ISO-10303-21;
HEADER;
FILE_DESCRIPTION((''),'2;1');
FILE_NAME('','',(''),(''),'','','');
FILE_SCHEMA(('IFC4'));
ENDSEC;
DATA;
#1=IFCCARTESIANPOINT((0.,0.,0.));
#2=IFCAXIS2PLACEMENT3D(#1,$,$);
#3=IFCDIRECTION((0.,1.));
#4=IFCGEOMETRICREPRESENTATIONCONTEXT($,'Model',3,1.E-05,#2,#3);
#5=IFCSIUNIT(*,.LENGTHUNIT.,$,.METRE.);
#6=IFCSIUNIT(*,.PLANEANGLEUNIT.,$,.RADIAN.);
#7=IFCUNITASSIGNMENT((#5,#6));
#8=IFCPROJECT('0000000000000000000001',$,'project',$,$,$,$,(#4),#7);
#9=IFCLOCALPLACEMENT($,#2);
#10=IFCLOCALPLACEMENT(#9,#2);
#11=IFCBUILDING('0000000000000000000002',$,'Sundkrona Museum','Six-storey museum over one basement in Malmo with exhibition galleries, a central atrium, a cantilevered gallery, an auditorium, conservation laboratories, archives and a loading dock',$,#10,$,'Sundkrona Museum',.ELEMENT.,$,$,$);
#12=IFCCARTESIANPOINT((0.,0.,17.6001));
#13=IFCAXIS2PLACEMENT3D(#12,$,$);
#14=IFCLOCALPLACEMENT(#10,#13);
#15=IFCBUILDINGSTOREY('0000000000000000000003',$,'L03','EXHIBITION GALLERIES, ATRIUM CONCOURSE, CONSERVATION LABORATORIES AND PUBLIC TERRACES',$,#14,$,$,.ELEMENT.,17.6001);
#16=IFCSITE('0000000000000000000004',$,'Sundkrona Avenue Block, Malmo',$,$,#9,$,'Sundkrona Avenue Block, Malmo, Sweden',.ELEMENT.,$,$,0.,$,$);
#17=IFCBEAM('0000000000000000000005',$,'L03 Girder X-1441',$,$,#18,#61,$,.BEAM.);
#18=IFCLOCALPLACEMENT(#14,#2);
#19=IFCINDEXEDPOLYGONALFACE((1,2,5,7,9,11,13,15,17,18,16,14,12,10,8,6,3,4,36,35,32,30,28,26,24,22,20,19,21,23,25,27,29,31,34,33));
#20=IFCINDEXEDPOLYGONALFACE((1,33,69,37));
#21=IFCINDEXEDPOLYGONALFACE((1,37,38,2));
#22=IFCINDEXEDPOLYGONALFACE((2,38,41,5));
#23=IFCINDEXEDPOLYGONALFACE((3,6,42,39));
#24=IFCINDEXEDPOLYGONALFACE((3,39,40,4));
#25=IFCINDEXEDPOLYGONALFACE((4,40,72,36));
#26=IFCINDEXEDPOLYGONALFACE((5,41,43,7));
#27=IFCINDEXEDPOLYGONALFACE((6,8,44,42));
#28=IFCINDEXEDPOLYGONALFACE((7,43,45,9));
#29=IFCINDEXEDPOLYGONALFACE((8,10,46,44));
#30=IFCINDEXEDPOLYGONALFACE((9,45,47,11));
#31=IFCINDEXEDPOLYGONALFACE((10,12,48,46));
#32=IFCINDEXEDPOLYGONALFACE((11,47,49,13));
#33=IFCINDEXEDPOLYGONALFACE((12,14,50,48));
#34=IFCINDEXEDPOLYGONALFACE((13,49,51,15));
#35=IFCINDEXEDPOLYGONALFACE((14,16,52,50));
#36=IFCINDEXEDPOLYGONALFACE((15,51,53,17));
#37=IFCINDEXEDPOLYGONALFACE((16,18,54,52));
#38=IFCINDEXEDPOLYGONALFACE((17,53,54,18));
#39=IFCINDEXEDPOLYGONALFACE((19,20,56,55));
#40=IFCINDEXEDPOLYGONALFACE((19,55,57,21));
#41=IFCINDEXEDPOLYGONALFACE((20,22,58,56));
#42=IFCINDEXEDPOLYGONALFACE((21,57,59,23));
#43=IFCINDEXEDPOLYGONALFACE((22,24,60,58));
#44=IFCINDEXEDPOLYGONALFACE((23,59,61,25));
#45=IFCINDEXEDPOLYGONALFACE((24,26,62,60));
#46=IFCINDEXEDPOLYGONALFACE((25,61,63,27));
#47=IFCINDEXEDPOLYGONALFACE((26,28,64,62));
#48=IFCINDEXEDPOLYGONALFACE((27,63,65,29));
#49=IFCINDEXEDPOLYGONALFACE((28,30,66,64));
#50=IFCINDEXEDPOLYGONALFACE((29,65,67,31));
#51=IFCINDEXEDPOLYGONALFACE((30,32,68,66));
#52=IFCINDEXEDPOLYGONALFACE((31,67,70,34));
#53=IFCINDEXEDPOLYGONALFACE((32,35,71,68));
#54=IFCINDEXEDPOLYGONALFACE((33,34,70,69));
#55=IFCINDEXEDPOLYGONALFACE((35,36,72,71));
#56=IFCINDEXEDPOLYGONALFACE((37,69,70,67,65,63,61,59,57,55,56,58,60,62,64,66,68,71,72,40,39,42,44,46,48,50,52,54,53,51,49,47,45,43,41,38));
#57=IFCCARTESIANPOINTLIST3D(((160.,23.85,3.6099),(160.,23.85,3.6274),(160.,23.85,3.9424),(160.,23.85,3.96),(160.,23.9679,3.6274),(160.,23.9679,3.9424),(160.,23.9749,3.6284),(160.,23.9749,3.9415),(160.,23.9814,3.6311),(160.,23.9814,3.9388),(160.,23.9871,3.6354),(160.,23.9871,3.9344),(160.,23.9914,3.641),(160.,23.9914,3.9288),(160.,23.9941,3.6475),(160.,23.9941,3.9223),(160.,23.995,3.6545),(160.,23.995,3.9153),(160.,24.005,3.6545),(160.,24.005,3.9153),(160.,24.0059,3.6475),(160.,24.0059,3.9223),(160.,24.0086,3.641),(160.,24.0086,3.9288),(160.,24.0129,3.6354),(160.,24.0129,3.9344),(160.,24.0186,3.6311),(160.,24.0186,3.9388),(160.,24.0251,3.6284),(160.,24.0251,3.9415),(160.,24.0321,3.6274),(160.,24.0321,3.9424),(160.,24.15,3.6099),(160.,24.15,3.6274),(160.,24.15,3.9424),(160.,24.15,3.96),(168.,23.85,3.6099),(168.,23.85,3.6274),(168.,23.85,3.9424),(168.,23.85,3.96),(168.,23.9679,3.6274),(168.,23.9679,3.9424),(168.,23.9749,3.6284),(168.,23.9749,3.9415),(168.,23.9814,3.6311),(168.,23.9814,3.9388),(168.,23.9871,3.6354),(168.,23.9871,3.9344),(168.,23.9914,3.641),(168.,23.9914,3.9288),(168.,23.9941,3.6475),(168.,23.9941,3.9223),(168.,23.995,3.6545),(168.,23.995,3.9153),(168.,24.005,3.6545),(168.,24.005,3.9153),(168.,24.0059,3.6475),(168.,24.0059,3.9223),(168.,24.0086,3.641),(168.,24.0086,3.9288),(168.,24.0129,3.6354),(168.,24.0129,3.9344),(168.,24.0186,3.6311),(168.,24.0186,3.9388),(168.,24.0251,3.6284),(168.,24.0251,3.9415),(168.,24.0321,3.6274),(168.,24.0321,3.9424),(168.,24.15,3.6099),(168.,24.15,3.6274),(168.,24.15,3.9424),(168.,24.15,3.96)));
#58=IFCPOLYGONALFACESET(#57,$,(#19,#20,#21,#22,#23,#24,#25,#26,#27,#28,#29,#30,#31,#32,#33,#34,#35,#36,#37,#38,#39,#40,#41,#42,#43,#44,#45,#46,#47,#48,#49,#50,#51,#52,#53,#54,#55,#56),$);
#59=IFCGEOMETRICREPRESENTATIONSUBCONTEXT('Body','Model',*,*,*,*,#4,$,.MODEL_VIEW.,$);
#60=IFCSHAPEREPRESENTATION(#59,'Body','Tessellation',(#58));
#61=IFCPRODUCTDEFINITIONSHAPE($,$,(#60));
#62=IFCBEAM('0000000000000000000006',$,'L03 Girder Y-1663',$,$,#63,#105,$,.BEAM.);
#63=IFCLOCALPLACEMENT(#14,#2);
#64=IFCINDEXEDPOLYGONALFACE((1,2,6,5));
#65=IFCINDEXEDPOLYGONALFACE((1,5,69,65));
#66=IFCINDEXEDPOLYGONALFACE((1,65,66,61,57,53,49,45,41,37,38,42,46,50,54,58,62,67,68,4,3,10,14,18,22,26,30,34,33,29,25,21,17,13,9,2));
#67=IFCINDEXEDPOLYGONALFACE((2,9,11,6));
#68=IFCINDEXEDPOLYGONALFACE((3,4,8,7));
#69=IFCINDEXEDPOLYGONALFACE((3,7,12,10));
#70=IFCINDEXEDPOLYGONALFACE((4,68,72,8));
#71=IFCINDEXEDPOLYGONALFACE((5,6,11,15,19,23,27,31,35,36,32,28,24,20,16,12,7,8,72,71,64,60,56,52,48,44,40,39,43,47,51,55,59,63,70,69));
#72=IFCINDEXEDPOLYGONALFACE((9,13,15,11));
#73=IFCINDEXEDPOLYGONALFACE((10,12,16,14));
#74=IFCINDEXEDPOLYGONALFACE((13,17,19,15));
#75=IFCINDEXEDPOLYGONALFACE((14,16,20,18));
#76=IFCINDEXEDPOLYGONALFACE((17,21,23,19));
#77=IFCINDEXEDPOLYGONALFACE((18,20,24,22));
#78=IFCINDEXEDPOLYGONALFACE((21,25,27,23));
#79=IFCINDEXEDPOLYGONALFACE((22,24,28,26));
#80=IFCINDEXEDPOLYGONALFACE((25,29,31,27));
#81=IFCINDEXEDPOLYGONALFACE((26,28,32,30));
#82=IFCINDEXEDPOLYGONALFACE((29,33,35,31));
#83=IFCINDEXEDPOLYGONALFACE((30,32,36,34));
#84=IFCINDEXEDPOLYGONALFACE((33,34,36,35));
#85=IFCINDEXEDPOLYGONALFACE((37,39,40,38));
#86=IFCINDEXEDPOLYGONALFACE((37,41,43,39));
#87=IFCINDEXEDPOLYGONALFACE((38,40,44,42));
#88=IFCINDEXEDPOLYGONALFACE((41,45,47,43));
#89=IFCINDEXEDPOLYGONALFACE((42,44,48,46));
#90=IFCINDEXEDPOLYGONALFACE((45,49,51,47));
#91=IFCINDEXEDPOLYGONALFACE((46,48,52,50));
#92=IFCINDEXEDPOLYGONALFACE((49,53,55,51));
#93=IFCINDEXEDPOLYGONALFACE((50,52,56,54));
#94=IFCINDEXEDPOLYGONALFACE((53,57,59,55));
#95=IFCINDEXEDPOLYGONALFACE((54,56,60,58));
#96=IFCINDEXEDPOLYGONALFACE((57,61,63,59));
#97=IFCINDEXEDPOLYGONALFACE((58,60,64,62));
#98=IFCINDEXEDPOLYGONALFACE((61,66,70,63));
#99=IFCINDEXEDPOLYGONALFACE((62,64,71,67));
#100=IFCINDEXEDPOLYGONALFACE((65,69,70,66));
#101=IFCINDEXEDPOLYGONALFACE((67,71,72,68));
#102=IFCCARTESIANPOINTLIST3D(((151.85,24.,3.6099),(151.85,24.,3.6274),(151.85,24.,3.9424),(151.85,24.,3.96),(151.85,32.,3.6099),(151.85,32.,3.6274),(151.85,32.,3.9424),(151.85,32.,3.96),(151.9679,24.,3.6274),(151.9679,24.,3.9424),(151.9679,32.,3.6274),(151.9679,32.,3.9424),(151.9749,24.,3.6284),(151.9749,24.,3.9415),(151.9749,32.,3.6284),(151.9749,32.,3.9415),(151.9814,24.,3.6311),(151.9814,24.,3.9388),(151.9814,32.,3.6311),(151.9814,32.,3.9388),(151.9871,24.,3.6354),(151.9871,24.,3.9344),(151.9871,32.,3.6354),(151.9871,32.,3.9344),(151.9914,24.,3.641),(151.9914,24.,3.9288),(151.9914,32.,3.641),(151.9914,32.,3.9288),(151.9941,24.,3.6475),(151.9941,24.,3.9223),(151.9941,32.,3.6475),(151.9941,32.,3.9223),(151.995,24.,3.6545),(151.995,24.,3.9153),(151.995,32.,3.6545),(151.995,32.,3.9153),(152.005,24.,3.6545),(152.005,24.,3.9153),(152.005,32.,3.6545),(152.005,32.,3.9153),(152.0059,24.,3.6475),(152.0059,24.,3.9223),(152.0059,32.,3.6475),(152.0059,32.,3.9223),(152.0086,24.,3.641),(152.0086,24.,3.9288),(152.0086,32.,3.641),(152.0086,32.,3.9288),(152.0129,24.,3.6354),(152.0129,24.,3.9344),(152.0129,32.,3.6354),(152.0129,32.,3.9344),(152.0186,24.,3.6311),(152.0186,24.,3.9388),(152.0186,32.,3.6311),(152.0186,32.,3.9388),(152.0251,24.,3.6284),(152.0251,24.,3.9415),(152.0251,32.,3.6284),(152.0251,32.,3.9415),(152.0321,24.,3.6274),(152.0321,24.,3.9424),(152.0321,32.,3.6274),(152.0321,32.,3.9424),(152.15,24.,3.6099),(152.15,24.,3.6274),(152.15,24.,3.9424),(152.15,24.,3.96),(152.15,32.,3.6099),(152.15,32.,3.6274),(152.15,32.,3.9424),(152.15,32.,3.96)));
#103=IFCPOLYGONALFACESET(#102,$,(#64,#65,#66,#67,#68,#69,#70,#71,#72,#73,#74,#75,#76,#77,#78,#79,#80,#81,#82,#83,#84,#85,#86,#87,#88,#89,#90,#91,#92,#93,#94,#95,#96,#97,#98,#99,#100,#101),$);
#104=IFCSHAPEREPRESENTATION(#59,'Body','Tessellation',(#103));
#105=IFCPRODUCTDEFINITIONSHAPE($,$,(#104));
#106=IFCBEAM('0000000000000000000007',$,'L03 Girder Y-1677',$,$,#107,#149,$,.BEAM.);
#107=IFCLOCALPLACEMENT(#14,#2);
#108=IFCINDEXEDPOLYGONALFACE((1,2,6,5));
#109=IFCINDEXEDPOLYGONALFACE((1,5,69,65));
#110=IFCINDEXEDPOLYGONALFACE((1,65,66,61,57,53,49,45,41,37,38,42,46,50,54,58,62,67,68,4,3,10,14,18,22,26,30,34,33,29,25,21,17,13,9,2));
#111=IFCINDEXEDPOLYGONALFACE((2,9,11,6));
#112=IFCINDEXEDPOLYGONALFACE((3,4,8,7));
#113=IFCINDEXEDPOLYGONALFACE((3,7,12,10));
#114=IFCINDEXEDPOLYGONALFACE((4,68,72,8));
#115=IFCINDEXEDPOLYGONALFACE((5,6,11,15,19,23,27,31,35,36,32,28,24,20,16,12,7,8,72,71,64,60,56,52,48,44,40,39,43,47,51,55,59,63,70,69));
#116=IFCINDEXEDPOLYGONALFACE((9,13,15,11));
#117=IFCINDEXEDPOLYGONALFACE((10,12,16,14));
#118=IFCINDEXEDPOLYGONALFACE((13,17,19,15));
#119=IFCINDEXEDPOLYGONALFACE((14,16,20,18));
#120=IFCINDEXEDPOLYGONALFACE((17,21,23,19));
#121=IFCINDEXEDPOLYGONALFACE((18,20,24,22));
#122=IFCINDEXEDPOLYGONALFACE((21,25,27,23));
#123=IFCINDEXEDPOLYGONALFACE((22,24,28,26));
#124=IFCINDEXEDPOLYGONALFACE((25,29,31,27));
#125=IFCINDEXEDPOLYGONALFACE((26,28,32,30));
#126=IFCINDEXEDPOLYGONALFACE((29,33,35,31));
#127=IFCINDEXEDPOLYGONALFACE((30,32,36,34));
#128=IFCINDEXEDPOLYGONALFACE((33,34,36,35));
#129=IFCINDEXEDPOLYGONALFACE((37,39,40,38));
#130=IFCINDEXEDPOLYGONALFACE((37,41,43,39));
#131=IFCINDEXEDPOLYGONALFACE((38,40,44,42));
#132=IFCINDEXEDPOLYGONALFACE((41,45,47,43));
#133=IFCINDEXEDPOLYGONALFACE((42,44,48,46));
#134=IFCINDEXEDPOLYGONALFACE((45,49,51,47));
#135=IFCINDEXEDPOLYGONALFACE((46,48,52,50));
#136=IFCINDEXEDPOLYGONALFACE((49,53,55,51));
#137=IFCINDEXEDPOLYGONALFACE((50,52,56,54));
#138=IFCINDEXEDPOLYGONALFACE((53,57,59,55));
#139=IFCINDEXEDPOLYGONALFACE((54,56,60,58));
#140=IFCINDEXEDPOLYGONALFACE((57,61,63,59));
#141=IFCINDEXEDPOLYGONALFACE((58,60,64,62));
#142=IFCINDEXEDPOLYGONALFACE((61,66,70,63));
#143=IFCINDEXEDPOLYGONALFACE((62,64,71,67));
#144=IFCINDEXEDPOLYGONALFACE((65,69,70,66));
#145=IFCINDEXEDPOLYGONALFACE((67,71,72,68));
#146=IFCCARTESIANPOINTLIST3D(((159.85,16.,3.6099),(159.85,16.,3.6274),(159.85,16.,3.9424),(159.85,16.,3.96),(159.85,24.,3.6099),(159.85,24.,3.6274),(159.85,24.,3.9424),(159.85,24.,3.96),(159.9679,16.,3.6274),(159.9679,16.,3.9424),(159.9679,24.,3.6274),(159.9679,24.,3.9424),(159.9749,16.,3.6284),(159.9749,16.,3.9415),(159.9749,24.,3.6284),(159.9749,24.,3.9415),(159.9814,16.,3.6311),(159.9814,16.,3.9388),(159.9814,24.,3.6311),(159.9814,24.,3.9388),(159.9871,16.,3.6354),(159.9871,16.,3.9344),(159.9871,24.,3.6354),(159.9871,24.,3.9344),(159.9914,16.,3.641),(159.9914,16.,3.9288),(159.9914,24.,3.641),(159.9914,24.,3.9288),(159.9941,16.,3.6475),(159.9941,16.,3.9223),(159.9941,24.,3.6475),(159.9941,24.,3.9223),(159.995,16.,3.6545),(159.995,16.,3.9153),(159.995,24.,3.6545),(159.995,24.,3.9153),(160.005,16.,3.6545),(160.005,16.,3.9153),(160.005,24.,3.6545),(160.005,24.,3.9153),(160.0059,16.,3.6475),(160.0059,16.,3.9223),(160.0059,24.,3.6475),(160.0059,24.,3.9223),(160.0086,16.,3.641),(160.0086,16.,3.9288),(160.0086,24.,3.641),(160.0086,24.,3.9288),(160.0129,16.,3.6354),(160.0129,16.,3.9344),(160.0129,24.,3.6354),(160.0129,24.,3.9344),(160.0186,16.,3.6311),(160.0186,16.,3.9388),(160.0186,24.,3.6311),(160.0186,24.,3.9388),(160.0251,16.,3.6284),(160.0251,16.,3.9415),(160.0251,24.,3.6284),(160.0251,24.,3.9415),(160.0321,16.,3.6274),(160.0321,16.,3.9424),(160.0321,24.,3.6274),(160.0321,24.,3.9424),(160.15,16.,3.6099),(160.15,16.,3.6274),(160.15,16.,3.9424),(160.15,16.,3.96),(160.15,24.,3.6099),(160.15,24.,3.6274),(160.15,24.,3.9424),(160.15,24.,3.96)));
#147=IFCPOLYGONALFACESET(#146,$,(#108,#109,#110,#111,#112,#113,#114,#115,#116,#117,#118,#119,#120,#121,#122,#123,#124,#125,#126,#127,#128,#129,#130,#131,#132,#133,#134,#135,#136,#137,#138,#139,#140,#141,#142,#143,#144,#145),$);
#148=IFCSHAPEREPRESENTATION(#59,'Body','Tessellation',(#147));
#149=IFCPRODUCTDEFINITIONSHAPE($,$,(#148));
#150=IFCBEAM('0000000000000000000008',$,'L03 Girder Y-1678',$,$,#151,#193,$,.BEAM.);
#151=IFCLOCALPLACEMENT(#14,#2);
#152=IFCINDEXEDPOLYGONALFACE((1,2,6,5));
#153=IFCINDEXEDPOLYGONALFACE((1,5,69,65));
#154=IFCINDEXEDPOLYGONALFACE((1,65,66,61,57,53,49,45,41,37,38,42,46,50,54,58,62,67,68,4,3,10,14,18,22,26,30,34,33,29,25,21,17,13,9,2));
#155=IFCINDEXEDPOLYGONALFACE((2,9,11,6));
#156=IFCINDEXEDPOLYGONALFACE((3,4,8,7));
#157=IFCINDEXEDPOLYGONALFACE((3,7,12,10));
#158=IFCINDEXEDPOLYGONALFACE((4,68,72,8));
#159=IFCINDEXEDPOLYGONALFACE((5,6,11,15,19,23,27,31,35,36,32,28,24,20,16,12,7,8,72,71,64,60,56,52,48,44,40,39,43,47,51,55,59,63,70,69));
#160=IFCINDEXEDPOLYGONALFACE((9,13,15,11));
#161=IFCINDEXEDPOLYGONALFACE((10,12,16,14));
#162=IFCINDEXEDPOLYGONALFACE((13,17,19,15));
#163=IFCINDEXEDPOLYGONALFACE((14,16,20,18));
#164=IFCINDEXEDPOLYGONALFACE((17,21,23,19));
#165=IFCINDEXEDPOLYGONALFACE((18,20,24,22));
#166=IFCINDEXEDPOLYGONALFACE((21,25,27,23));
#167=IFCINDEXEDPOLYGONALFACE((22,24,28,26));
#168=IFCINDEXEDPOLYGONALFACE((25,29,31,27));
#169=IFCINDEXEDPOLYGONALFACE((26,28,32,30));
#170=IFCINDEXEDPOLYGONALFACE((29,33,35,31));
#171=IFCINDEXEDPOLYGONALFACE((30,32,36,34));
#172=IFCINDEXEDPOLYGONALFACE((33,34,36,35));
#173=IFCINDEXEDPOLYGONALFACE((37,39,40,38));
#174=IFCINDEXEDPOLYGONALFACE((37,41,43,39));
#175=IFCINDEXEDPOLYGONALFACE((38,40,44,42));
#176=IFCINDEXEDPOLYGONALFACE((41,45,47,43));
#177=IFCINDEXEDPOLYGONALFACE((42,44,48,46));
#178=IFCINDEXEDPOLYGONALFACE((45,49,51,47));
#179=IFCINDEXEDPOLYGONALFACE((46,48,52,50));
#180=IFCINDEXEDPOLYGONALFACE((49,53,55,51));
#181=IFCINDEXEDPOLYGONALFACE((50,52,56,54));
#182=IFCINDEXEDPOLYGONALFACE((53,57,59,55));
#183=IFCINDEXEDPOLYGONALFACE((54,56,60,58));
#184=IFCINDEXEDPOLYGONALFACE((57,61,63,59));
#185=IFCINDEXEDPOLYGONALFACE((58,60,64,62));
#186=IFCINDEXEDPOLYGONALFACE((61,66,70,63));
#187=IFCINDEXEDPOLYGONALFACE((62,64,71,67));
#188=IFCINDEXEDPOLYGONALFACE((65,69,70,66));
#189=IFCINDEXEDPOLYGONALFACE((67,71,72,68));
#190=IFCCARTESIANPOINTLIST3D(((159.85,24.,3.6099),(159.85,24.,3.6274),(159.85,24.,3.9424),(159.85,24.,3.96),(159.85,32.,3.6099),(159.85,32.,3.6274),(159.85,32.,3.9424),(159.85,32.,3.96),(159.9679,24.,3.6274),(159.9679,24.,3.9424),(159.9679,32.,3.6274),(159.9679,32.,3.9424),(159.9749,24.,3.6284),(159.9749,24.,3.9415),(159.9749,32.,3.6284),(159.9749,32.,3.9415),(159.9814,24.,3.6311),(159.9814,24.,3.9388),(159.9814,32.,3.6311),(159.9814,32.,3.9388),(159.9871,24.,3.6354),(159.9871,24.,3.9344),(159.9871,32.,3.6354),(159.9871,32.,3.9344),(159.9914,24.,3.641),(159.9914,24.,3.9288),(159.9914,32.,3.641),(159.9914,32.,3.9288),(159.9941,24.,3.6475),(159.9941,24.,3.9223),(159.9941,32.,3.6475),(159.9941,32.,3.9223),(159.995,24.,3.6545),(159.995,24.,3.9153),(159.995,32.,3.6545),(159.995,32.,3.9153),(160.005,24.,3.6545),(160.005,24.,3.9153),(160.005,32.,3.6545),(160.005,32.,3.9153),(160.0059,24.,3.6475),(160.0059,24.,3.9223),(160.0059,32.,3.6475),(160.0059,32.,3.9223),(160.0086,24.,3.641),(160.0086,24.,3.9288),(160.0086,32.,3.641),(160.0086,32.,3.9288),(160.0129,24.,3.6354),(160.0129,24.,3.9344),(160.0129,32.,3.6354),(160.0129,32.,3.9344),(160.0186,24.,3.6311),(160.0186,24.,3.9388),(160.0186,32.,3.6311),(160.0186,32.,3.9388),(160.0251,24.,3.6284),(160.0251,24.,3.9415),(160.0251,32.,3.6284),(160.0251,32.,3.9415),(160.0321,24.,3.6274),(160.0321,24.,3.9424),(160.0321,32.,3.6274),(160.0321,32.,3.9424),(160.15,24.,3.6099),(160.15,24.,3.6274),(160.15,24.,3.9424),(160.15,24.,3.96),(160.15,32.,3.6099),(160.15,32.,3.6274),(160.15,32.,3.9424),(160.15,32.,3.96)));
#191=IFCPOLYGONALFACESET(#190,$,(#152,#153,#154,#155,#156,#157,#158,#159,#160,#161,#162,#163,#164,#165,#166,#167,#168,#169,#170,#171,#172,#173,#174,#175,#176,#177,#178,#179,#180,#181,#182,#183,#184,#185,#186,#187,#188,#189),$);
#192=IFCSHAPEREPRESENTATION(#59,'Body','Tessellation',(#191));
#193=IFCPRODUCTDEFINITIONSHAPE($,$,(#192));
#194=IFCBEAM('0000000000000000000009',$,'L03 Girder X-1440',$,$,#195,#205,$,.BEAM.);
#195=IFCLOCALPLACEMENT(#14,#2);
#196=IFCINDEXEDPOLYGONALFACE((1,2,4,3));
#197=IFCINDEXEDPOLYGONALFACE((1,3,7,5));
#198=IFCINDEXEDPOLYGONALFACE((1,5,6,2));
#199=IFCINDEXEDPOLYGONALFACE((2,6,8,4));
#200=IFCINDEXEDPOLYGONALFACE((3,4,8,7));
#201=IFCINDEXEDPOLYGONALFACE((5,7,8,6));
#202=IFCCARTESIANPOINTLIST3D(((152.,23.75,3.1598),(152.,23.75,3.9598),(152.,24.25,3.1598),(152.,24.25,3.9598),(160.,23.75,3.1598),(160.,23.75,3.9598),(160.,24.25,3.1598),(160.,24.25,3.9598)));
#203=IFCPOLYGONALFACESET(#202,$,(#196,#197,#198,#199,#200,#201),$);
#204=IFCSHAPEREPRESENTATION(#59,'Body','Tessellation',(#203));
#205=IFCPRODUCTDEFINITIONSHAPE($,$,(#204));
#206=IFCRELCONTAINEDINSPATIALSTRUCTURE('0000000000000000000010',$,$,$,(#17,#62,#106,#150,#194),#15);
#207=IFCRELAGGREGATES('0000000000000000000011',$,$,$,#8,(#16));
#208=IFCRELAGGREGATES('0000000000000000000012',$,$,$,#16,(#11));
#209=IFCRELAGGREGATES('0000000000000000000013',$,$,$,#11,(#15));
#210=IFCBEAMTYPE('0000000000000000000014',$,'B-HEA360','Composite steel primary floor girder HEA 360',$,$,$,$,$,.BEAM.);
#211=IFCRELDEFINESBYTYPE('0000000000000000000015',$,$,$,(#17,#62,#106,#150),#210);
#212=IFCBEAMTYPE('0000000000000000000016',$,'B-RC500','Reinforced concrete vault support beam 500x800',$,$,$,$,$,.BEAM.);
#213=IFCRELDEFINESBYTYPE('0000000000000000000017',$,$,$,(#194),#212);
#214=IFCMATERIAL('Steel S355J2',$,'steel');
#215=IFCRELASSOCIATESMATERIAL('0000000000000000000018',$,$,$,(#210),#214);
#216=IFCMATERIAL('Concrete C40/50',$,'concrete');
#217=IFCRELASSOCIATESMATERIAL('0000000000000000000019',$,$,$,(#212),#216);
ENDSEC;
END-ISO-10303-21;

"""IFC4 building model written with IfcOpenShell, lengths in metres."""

from ifc_helpers import new_model, si_unit, direction, frame, origin, origin_2d, place, context, subcontext, project, spatial, rectangle, i_section, extrude, material, material_profile, profile_set, type_object, element, save


model = new_model("IFC4")

# Units and contexts
model_context = context("Model", 3, precision=1e-05, world=origin(), true_north=direction((0.0, 1.0)))
body_context = subcontext(model_context, "Body", "Model", "MODEL_VIEW")
ifc_project = project(units=[si_unit("LENGTHUNIT", "METRE"), si_unit("PLANEANGLEUNIT", "RADIAN")], contexts=[model_context])

# Site, building, storey
site_placement = place(None, origin())
site = spatial("IfcSite", under=ifc_project, at=site_placement, Name="Sundkrona Avenue Block, Malmo", LongName="Sundkrona Avenue Block, Malmo, Sweden", CompositionType="ELEMENT", RefElevation=0.0)
building_placement = place(site_placement, origin())
building = spatial("IfcBuilding", under=site, at=building_placement, Name="Sundkrona Museum", Description="Six-storey museum over one basement in Malmo with exhibition galleries, a central atrium, a cantilevered gallery, an auditorium, conservation laboratories, archives and a loading dock", LongName="Sundkrona Museum", CompositionType="ELEMENT")
storey_placement = place(building_placement, frame((0.0, 0.0, 17.6001)))
storey = spatial("IfcBuildingStorey", under=building, at=storey_placement, Name="L03", Description="EXHIBITION GALLERIES, ATRIUM CONCOURSE, CONSERVATION LABORATORIES AND PUBLIC TERRACES", CompositionType="ELEMENT", Elevation=17.6001)

# Shared definitions
ifc_material_1 = material(Name="Steel S355J2", Category="steel")

# Beams
ifc_material_profile_1 = material_profile(ifc_material_1, i_section(OverallWidth=0.3, OverallDepth=0.3501, WebThickness=0.01, FlangeThickness=0.0176, FilletRadius=0.0271, at=origin_2d()), Name="HEA 360")
ifc_profile_set_1 = profile_set([ifc_material_profile_1], Name="Steel S355J2")
beam_type_1 = type_object("IfcBeamType", Name="B-HEA360", Description="Composite steel primary floor girder HEA 360", PredefinedType="BEAM", material=ifc_profile_set_1)
for number, where, z_axis, x_axis, name in (
    (1, (160.0, 24.0, 3.7849), (1.0, 0.0, 0.0), (0.0, 1.0, 0.0), "L03 Girder X-1441"),
    (2, (152.0, 24.0, 3.7849), (0.0, 1.0, 0.0), (-1.0, 0.0, 0.0), "L03 Girder Y-1663"),
    (3, (160.0, 16.0, 3.7849), (0.0, 1.0, 0.0), (-1.0, 0.0, 0.0), "L03 Girder Y-1677"),
    (4, (160.0, 24.0, 3.7849), (0.0, 1.0, 0.0), (-1.0, 0.0, 0.0), "L03 Girder Y-1678"),
):
    element("IfcBeam", number, at=place(storey_placement, frame(where, z_axis=z_axis, x_axis=x_axis)), inside=storey, type_object=beam_type_1, Name=name, PredefinedType="BEAM", context=body_context, shape_type="SweptSolid", body=[
        extrude(i_section(OverallWidth=0.3, OverallDepth=0.3501, WebThickness=0.01, FlangeThickness=0.0176, FilletRadius=0.0271, at=origin_2d()), origin(), (0.0, 0.0, 1.0), 8.0),
    ])
ifc_material_2 = material(Name="Concrete C40/50", Category="concrete")
ifc_material_profile_2 = material_profile(ifc_material_2, rectangle(XDim=0.5, YDim=0.8, at=origin_2d()), Name="RCB 500x800")
ifc_profile_set_2 = profile_set([ifc_material_profile_2], Name="Concrete C40/50")
beam_type_2 = type_object("IfcBeamType", Name="B-RC500", Description="Reinforced concrete vault support beam 500x800", PredefinedType="BEAM", material=ifc_profile_set_2)
beam_1_placement = place(storey_placement, frame((152.0, 24.0, 3.5598), z_axis=(1.0, 0.0, 0.0), x_axis=(0.0, 1.0, 0.0)))
element("IfcBeam", 5, at=beam_1_placement, inside=storey, type_object=beam_type_2, Name="L03 Girder X-1440", PredefinedType="BEAM", context=body_context, shape_type="SweptSolid", body=[
    extrude(rectangle(XDim=0.5, YDim=0.8, at=origin_2d()), origin(), (0.0, 0.0, 1.0), 8.0),
])

save(model, "model.ifc")
